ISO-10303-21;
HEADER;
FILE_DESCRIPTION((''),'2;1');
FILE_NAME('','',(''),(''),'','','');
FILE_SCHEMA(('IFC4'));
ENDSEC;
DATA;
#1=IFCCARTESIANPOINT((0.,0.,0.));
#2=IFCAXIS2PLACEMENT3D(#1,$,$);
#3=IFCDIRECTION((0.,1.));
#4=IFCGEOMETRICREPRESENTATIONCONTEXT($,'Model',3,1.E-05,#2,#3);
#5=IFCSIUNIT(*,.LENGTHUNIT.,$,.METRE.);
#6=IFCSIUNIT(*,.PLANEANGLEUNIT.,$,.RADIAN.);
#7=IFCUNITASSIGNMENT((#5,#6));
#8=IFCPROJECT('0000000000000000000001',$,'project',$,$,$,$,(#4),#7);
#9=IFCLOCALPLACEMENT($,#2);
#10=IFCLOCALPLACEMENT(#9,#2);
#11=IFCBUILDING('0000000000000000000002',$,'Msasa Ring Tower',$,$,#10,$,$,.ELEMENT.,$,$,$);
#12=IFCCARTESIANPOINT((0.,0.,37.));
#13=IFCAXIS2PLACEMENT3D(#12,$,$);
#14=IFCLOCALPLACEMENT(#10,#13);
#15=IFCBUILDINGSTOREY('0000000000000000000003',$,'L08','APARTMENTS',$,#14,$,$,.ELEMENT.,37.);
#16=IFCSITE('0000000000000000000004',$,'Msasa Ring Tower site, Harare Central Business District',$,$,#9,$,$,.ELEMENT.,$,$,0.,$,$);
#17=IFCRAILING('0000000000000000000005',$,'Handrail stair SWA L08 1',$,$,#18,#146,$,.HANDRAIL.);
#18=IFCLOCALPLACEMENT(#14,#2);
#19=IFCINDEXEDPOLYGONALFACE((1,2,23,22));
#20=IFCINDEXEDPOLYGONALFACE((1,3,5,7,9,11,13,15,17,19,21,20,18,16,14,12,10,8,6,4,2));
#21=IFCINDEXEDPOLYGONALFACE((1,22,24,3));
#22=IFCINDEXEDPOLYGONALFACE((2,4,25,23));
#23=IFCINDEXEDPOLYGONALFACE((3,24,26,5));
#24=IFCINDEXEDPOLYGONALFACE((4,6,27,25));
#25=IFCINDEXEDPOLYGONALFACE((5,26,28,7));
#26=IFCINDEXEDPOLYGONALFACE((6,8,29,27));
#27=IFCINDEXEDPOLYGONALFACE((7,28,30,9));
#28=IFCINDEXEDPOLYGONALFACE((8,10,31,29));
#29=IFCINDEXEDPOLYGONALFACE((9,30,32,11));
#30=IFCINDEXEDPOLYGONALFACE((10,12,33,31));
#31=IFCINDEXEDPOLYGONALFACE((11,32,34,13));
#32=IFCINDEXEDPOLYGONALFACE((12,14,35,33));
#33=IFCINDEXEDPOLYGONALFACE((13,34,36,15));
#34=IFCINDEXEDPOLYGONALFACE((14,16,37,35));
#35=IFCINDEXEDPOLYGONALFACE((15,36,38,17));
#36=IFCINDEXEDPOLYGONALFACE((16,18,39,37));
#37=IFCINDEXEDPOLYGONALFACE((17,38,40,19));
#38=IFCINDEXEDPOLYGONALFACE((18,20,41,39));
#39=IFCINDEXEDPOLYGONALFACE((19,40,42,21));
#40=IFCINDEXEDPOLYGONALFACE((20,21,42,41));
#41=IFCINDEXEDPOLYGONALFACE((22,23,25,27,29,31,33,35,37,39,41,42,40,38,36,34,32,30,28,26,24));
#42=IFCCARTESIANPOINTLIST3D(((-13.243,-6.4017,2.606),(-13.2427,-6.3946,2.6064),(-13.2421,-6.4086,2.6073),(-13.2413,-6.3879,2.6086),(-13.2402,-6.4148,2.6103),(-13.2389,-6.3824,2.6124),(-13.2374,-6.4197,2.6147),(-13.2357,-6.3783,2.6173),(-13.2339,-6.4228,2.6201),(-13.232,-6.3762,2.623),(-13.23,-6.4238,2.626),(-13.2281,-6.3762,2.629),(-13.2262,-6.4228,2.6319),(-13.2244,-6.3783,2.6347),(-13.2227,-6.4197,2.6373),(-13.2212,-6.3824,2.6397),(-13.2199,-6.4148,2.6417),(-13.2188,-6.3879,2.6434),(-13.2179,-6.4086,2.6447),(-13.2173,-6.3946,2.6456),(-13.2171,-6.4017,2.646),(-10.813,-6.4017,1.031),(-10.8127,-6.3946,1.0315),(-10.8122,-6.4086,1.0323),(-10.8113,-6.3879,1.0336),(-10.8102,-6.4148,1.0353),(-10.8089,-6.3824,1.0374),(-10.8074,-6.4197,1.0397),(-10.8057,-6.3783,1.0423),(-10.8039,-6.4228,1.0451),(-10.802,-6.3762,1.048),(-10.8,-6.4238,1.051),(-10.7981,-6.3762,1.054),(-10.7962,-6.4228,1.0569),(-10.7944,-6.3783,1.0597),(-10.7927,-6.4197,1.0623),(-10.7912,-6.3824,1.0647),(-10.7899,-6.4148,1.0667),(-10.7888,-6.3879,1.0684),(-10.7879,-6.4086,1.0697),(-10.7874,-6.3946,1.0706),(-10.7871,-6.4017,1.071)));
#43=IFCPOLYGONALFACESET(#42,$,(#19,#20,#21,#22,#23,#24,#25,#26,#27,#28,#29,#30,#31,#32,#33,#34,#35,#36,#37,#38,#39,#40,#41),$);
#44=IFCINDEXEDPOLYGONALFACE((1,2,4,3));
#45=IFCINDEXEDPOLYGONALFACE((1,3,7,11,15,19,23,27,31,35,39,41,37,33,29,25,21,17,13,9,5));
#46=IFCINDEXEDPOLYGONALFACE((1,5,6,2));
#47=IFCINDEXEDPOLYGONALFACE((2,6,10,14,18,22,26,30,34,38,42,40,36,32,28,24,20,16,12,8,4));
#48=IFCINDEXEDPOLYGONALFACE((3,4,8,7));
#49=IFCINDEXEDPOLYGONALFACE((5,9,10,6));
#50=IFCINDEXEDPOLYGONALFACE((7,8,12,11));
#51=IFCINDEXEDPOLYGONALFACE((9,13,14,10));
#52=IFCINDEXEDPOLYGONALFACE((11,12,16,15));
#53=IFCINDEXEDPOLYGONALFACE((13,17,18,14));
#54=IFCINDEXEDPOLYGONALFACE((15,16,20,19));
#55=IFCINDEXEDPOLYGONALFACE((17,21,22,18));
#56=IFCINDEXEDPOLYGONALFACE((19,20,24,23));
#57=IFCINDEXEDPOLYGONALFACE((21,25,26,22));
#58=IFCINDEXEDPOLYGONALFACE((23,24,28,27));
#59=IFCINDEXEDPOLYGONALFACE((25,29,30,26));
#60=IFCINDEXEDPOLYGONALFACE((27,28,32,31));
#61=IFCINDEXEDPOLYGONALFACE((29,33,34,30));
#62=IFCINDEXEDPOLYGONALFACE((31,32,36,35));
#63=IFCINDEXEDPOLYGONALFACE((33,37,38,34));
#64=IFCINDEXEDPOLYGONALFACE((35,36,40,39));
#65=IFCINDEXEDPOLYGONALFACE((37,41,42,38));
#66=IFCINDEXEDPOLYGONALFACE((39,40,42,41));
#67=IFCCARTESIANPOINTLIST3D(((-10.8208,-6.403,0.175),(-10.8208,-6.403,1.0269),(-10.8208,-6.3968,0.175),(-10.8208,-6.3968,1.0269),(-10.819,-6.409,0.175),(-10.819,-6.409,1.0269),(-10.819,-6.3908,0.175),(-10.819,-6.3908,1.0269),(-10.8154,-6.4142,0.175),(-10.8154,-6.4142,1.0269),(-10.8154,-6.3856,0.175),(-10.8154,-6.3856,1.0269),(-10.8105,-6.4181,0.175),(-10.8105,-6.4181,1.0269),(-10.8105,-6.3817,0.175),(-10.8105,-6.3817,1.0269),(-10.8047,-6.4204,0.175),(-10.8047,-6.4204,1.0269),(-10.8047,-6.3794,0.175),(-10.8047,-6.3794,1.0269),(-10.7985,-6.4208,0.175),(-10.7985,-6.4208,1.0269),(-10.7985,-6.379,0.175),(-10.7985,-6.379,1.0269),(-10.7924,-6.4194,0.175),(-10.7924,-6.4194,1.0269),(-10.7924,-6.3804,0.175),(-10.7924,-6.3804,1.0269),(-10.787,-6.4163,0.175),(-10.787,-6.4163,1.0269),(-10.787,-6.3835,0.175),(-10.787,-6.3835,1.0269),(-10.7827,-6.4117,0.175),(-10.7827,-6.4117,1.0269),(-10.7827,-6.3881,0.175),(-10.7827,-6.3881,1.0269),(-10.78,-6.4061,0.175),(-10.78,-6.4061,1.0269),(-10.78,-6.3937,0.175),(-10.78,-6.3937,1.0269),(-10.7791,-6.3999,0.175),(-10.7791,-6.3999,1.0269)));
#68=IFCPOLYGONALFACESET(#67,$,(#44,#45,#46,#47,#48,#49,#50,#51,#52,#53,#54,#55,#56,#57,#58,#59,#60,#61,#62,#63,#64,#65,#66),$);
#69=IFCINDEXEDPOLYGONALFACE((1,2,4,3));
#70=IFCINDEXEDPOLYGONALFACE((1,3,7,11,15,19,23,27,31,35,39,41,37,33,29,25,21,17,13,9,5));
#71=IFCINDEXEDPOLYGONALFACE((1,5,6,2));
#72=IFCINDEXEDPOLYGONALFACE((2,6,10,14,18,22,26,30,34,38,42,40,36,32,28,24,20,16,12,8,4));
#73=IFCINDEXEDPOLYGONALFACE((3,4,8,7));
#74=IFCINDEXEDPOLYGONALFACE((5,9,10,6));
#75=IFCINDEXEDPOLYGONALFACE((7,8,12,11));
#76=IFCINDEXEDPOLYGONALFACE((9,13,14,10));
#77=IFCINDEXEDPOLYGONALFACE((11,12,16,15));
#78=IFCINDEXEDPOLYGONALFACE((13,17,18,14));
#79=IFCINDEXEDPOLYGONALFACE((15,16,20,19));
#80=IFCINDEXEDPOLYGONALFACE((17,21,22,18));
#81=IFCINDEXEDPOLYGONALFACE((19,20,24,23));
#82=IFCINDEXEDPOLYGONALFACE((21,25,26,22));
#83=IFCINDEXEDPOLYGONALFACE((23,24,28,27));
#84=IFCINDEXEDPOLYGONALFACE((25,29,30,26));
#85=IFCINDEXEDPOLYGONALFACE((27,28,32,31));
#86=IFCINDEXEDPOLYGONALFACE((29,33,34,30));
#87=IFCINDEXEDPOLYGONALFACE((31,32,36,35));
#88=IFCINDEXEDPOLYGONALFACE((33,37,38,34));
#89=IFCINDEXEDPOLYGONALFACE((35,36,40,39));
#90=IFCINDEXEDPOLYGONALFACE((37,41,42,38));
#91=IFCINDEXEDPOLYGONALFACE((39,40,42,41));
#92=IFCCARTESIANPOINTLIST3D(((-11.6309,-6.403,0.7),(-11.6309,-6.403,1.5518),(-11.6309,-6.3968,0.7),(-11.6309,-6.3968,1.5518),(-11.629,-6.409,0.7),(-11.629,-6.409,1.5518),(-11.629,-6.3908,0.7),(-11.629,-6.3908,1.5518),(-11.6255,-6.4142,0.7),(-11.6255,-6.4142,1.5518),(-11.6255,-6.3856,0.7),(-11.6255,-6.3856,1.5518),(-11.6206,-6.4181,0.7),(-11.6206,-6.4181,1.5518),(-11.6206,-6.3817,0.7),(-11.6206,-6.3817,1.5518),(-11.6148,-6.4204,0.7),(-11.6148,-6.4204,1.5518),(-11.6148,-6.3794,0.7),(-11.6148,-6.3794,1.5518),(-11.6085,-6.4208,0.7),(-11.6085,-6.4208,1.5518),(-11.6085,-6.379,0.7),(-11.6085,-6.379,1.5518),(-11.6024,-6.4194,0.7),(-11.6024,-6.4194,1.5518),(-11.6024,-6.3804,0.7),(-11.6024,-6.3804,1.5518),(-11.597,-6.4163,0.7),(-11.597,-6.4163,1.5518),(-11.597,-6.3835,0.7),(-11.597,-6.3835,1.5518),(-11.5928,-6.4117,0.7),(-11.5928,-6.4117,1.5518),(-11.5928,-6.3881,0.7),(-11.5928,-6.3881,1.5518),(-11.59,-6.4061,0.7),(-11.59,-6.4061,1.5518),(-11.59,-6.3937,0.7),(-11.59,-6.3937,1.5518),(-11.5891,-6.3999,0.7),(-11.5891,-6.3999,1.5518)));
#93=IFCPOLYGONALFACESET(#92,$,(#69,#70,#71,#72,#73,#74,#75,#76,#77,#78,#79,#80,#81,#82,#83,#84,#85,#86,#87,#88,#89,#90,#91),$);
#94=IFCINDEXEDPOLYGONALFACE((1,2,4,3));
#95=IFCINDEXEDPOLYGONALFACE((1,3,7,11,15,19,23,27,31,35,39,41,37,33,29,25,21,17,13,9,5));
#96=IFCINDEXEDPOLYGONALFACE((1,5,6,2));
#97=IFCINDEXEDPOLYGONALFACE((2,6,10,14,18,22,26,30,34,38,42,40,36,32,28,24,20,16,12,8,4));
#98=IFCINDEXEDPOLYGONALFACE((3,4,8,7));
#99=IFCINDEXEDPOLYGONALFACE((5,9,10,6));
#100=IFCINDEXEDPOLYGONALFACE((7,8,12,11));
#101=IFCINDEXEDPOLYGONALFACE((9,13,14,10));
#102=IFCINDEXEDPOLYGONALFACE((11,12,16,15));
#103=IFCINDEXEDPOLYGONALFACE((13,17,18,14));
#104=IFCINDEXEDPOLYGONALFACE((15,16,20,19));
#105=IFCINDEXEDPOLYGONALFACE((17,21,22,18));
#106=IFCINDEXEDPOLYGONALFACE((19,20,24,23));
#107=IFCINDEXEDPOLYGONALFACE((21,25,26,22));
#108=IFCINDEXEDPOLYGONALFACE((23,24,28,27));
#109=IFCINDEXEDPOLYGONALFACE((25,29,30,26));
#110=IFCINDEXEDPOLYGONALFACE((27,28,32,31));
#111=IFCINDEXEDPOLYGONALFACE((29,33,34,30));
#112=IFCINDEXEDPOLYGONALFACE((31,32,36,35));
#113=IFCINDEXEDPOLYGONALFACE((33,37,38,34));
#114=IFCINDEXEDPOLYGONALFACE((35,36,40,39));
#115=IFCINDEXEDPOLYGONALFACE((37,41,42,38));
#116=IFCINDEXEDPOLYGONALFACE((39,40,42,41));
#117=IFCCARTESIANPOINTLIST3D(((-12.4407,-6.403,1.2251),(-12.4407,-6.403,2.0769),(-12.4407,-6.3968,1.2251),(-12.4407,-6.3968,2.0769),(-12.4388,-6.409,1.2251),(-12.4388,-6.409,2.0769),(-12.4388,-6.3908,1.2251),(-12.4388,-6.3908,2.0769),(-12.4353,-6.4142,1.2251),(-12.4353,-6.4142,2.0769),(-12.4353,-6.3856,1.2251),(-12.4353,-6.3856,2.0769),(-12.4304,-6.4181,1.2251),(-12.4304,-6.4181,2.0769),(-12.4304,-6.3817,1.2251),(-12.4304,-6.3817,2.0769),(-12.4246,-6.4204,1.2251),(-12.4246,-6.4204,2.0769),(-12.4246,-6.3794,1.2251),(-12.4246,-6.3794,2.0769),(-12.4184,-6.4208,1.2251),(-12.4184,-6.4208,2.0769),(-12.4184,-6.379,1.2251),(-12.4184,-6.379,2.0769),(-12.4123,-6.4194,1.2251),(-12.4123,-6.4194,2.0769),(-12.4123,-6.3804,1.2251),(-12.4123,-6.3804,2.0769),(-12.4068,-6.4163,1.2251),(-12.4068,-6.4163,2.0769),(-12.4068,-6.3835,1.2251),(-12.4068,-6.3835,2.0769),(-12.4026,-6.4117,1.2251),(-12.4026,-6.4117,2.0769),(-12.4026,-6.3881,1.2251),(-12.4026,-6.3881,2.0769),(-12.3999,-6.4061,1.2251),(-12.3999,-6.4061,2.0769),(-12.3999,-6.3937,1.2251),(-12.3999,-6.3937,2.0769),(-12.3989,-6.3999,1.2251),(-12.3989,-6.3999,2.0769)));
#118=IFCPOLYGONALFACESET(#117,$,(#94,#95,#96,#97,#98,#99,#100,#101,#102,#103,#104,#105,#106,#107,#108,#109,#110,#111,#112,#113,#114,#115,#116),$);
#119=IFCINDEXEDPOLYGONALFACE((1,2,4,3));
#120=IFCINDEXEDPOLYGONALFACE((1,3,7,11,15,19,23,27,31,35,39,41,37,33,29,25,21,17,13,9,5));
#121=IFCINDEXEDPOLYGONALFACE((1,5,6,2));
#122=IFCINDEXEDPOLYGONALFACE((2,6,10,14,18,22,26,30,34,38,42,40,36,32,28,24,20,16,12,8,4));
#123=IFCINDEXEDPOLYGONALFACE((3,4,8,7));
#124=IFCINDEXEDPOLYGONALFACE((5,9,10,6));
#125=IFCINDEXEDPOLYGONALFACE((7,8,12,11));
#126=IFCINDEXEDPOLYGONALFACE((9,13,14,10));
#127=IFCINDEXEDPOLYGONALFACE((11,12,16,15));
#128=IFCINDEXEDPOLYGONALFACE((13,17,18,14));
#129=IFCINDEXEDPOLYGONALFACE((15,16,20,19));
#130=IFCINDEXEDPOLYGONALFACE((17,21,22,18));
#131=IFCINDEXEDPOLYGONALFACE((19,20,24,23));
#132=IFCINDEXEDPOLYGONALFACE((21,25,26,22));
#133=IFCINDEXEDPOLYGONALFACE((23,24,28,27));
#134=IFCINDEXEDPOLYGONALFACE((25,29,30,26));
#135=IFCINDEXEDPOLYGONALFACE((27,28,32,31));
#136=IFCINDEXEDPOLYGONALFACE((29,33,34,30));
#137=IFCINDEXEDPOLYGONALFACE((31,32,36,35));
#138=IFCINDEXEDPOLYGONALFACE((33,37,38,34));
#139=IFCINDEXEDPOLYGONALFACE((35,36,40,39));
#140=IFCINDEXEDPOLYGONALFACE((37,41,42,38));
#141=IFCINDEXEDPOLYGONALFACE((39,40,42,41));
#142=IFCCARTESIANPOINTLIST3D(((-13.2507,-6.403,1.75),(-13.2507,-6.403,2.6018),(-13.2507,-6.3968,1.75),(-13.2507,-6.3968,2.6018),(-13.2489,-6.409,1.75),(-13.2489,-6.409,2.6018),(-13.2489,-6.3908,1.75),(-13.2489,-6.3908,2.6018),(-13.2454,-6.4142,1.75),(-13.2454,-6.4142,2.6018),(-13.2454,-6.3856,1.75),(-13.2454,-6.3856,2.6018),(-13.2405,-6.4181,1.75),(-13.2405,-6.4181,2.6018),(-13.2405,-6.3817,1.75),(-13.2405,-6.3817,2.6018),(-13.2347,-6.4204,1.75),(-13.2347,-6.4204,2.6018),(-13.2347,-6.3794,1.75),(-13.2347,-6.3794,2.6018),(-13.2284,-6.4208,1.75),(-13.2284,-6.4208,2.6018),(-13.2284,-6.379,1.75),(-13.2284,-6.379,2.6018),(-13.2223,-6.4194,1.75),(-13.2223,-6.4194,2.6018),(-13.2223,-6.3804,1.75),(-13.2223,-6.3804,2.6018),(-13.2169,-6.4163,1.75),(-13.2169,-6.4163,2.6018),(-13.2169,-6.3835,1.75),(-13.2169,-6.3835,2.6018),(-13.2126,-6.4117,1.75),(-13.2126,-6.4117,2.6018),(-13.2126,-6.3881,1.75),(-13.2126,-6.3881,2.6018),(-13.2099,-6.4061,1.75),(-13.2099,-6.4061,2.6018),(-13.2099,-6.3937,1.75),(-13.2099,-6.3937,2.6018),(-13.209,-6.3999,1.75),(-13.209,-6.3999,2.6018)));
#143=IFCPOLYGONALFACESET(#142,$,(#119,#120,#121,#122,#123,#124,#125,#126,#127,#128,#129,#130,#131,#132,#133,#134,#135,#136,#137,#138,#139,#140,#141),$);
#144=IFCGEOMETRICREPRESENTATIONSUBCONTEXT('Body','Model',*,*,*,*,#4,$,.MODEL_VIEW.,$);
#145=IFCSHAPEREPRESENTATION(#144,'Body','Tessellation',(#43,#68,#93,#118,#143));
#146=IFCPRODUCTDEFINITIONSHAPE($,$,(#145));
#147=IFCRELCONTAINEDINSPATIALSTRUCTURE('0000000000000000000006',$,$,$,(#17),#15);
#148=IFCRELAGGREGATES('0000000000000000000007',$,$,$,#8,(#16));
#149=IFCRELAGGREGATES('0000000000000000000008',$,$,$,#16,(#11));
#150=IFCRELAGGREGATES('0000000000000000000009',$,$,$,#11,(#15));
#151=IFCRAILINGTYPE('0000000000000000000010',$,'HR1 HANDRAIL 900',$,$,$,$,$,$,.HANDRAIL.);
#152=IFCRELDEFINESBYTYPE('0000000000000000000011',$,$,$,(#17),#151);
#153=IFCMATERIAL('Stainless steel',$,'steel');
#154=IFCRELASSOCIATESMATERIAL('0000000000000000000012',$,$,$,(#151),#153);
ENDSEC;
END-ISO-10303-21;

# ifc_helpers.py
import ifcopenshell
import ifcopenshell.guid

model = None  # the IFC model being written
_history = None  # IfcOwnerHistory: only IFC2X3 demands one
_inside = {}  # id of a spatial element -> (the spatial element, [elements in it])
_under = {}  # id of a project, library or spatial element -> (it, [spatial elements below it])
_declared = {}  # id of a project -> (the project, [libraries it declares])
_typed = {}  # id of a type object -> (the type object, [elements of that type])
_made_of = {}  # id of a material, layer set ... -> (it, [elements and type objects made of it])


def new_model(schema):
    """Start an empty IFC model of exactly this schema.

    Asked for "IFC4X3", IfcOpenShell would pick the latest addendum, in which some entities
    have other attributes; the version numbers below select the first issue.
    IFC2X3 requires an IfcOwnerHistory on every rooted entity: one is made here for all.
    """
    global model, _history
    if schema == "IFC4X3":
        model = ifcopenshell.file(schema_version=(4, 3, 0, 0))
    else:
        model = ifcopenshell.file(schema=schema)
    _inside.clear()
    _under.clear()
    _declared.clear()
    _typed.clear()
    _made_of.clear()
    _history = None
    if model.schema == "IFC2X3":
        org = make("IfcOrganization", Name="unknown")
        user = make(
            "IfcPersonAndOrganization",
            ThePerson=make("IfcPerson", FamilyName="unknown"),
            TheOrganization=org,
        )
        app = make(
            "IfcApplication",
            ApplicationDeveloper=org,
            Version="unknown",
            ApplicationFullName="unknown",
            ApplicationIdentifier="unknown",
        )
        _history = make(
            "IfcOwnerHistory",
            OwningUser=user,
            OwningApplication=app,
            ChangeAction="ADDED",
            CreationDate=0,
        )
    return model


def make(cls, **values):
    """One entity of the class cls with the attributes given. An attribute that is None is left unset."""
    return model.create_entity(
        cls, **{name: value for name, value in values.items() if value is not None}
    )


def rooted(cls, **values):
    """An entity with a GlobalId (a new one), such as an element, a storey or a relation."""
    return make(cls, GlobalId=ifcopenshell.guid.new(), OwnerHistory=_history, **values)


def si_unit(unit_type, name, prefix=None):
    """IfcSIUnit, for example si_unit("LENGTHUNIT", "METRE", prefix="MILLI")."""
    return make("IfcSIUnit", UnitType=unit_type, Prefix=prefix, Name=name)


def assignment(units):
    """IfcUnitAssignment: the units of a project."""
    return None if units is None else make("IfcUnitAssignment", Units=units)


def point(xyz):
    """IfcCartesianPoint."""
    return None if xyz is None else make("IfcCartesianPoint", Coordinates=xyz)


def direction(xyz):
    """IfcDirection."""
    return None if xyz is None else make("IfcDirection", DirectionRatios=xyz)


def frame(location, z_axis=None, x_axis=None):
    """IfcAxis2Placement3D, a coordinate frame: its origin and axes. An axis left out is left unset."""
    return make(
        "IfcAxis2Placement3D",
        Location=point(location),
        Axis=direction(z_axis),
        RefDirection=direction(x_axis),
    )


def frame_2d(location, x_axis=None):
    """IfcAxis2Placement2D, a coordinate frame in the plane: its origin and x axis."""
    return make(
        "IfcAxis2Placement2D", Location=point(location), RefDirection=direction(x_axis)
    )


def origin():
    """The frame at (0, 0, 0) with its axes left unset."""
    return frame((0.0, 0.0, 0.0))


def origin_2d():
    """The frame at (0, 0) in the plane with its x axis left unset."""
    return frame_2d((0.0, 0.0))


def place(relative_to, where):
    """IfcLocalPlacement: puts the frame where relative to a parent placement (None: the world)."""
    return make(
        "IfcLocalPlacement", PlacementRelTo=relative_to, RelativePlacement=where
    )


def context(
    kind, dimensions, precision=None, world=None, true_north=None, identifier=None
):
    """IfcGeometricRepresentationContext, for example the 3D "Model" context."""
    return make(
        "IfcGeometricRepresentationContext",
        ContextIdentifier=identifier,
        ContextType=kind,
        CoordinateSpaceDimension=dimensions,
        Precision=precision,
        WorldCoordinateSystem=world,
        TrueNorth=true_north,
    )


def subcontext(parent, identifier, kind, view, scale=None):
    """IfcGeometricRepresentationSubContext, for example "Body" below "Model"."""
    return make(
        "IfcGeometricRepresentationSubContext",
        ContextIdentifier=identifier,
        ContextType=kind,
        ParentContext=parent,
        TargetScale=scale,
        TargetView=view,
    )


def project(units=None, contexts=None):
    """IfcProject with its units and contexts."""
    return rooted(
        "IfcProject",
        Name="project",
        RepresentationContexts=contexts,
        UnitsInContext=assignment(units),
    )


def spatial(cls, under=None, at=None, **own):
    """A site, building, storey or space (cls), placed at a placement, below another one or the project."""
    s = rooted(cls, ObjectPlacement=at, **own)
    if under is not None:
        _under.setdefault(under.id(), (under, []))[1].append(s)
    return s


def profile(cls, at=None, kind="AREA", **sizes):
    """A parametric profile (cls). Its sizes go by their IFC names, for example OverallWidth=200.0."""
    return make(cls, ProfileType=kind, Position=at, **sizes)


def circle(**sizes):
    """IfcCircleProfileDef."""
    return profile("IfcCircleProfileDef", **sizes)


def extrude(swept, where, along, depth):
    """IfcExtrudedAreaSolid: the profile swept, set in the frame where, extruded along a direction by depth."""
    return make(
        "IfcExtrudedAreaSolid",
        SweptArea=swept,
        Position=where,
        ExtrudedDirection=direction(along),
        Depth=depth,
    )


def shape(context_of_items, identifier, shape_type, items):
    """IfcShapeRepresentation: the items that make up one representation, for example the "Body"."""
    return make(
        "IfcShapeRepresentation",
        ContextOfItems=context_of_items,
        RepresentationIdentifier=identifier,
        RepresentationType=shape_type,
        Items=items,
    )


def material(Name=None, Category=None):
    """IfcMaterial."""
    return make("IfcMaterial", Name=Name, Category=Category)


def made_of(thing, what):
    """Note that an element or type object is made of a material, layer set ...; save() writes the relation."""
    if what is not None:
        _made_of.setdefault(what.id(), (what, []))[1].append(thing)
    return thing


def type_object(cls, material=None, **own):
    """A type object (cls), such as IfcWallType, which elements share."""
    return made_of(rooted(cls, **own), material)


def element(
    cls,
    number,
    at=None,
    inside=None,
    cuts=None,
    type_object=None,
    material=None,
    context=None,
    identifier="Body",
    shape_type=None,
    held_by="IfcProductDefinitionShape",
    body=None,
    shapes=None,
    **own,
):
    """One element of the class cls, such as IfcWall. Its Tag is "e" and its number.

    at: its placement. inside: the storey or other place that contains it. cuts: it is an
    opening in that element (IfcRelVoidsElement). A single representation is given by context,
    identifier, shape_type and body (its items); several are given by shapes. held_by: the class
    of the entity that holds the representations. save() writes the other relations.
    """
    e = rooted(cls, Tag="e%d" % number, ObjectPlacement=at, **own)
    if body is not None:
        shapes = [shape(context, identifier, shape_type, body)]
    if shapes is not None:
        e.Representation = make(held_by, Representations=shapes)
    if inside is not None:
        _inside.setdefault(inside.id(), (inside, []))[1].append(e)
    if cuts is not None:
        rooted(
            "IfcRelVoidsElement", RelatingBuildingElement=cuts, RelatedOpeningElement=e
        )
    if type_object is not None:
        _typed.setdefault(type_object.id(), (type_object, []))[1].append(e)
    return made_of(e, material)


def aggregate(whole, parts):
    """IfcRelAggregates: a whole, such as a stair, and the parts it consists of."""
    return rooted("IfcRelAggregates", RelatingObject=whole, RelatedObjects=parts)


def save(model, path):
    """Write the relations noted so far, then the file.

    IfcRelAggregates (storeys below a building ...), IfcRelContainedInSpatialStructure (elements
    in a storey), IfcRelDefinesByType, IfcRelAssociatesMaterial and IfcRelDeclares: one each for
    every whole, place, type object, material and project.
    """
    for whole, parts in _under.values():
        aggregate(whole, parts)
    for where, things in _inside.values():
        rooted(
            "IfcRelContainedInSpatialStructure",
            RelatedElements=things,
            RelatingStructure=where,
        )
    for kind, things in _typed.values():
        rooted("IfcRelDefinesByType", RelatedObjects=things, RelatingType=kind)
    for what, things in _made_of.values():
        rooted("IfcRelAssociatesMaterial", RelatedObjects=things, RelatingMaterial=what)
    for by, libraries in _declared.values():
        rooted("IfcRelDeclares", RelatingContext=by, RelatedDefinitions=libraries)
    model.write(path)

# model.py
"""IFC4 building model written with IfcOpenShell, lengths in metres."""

from ifc_helpers import new_model, si_unit, direction, frame, origin, origin_2d, place, context, subcontext, project, spatial, circle, extrude, material, type_object, element, save


model = new_model("IFC4")

# Units and contexts
model_context = context("Model", 3, precision=1e-05, world=origin(), true_north=direction((0.0, 1.0)))
body_context = subcontext(model_context, "Body", "Model", "MODEL_VIEW")
ifc_project = project(units=[si_unit("LENGTHUNIT", "METRE"), si_unit("PLANEANGLEUNIT", "RADIAN")], contexts=[model_context])

# Site, building, storey
site_placement = place(None, origin())
site = spatial("IfcSite", under=ifc_project, at=site_placement, Name="Msasa Ring Tower site, Harare Central Business District", CompositionType="ELEMENT", RefElevation=0.0)
building_placement = place(site_placement, origin())
building = spatial("IfcBuilding", under=site, at=building_placement, Name="Msasa Ring Tower", CompositionType="ELEMENT")
storey_placement = place(building_placement, frame((0.0, 0.0, 37.0)))
storey = spatial("IfcBuildingStorey", under=building, at=storey_placement, Name="L08", Description="APARTMENTS", CompositionType="ELEMENT", Elevation=37.0)

# Railing
ifc_material_1 = material(Name="Stainless steel", Category="steel")
railing_type = type_object("IfcRailingType", Name="HR1 HANDRAIL 900", PredefinedType="HANDRAIL", material=ifc_material_1)
for number, where, name in (
    (1, (-10.8, -6.3999, 0.175), "Handrail stair SWA L08 1"),
):
    element("IfcRailing", number, at=place(storey_placement, frame(where)), inside=storey, type_object=railing_type, Name=name, PredefinedType="HANDRAIL", context=body_context, shape_type="SweptSolid", body=[
        extrude(circle(Radius=0.0239, at=origin_2d()), frame((0.0, 0.0, 0.876), z_axis=(-0.839154, 0.0, 0.543894), x_axis=(0.0, -1.0, 0.0)), (0.0, 0.0, 1.0), 2.8958),
        extrude(circle(Radius=0.021, at=origin_2d()), origin(), (0.0, 0.0, 1.0), 0.8518),
        extrude(circle(Radius=0.021, at=origin_2d()), frame((-0.8101, 0.0, 0.5249)), (0.0, 0.0, 1.0), 0.8518),
        extrude(circle(Radius=0.021, at=origin_2d()), frame((-1.6199, 0.0, 1.05)), (0.0, 0.0, 1.0), 0.8518),
        extrude(circle(Radius=0.021, at=origin_2d()), frame((-2.4299, 0.0, 1.575)), (0.0, 0.0, 1.0), 0.8518),
    ])

save(model, "model.ifc")
